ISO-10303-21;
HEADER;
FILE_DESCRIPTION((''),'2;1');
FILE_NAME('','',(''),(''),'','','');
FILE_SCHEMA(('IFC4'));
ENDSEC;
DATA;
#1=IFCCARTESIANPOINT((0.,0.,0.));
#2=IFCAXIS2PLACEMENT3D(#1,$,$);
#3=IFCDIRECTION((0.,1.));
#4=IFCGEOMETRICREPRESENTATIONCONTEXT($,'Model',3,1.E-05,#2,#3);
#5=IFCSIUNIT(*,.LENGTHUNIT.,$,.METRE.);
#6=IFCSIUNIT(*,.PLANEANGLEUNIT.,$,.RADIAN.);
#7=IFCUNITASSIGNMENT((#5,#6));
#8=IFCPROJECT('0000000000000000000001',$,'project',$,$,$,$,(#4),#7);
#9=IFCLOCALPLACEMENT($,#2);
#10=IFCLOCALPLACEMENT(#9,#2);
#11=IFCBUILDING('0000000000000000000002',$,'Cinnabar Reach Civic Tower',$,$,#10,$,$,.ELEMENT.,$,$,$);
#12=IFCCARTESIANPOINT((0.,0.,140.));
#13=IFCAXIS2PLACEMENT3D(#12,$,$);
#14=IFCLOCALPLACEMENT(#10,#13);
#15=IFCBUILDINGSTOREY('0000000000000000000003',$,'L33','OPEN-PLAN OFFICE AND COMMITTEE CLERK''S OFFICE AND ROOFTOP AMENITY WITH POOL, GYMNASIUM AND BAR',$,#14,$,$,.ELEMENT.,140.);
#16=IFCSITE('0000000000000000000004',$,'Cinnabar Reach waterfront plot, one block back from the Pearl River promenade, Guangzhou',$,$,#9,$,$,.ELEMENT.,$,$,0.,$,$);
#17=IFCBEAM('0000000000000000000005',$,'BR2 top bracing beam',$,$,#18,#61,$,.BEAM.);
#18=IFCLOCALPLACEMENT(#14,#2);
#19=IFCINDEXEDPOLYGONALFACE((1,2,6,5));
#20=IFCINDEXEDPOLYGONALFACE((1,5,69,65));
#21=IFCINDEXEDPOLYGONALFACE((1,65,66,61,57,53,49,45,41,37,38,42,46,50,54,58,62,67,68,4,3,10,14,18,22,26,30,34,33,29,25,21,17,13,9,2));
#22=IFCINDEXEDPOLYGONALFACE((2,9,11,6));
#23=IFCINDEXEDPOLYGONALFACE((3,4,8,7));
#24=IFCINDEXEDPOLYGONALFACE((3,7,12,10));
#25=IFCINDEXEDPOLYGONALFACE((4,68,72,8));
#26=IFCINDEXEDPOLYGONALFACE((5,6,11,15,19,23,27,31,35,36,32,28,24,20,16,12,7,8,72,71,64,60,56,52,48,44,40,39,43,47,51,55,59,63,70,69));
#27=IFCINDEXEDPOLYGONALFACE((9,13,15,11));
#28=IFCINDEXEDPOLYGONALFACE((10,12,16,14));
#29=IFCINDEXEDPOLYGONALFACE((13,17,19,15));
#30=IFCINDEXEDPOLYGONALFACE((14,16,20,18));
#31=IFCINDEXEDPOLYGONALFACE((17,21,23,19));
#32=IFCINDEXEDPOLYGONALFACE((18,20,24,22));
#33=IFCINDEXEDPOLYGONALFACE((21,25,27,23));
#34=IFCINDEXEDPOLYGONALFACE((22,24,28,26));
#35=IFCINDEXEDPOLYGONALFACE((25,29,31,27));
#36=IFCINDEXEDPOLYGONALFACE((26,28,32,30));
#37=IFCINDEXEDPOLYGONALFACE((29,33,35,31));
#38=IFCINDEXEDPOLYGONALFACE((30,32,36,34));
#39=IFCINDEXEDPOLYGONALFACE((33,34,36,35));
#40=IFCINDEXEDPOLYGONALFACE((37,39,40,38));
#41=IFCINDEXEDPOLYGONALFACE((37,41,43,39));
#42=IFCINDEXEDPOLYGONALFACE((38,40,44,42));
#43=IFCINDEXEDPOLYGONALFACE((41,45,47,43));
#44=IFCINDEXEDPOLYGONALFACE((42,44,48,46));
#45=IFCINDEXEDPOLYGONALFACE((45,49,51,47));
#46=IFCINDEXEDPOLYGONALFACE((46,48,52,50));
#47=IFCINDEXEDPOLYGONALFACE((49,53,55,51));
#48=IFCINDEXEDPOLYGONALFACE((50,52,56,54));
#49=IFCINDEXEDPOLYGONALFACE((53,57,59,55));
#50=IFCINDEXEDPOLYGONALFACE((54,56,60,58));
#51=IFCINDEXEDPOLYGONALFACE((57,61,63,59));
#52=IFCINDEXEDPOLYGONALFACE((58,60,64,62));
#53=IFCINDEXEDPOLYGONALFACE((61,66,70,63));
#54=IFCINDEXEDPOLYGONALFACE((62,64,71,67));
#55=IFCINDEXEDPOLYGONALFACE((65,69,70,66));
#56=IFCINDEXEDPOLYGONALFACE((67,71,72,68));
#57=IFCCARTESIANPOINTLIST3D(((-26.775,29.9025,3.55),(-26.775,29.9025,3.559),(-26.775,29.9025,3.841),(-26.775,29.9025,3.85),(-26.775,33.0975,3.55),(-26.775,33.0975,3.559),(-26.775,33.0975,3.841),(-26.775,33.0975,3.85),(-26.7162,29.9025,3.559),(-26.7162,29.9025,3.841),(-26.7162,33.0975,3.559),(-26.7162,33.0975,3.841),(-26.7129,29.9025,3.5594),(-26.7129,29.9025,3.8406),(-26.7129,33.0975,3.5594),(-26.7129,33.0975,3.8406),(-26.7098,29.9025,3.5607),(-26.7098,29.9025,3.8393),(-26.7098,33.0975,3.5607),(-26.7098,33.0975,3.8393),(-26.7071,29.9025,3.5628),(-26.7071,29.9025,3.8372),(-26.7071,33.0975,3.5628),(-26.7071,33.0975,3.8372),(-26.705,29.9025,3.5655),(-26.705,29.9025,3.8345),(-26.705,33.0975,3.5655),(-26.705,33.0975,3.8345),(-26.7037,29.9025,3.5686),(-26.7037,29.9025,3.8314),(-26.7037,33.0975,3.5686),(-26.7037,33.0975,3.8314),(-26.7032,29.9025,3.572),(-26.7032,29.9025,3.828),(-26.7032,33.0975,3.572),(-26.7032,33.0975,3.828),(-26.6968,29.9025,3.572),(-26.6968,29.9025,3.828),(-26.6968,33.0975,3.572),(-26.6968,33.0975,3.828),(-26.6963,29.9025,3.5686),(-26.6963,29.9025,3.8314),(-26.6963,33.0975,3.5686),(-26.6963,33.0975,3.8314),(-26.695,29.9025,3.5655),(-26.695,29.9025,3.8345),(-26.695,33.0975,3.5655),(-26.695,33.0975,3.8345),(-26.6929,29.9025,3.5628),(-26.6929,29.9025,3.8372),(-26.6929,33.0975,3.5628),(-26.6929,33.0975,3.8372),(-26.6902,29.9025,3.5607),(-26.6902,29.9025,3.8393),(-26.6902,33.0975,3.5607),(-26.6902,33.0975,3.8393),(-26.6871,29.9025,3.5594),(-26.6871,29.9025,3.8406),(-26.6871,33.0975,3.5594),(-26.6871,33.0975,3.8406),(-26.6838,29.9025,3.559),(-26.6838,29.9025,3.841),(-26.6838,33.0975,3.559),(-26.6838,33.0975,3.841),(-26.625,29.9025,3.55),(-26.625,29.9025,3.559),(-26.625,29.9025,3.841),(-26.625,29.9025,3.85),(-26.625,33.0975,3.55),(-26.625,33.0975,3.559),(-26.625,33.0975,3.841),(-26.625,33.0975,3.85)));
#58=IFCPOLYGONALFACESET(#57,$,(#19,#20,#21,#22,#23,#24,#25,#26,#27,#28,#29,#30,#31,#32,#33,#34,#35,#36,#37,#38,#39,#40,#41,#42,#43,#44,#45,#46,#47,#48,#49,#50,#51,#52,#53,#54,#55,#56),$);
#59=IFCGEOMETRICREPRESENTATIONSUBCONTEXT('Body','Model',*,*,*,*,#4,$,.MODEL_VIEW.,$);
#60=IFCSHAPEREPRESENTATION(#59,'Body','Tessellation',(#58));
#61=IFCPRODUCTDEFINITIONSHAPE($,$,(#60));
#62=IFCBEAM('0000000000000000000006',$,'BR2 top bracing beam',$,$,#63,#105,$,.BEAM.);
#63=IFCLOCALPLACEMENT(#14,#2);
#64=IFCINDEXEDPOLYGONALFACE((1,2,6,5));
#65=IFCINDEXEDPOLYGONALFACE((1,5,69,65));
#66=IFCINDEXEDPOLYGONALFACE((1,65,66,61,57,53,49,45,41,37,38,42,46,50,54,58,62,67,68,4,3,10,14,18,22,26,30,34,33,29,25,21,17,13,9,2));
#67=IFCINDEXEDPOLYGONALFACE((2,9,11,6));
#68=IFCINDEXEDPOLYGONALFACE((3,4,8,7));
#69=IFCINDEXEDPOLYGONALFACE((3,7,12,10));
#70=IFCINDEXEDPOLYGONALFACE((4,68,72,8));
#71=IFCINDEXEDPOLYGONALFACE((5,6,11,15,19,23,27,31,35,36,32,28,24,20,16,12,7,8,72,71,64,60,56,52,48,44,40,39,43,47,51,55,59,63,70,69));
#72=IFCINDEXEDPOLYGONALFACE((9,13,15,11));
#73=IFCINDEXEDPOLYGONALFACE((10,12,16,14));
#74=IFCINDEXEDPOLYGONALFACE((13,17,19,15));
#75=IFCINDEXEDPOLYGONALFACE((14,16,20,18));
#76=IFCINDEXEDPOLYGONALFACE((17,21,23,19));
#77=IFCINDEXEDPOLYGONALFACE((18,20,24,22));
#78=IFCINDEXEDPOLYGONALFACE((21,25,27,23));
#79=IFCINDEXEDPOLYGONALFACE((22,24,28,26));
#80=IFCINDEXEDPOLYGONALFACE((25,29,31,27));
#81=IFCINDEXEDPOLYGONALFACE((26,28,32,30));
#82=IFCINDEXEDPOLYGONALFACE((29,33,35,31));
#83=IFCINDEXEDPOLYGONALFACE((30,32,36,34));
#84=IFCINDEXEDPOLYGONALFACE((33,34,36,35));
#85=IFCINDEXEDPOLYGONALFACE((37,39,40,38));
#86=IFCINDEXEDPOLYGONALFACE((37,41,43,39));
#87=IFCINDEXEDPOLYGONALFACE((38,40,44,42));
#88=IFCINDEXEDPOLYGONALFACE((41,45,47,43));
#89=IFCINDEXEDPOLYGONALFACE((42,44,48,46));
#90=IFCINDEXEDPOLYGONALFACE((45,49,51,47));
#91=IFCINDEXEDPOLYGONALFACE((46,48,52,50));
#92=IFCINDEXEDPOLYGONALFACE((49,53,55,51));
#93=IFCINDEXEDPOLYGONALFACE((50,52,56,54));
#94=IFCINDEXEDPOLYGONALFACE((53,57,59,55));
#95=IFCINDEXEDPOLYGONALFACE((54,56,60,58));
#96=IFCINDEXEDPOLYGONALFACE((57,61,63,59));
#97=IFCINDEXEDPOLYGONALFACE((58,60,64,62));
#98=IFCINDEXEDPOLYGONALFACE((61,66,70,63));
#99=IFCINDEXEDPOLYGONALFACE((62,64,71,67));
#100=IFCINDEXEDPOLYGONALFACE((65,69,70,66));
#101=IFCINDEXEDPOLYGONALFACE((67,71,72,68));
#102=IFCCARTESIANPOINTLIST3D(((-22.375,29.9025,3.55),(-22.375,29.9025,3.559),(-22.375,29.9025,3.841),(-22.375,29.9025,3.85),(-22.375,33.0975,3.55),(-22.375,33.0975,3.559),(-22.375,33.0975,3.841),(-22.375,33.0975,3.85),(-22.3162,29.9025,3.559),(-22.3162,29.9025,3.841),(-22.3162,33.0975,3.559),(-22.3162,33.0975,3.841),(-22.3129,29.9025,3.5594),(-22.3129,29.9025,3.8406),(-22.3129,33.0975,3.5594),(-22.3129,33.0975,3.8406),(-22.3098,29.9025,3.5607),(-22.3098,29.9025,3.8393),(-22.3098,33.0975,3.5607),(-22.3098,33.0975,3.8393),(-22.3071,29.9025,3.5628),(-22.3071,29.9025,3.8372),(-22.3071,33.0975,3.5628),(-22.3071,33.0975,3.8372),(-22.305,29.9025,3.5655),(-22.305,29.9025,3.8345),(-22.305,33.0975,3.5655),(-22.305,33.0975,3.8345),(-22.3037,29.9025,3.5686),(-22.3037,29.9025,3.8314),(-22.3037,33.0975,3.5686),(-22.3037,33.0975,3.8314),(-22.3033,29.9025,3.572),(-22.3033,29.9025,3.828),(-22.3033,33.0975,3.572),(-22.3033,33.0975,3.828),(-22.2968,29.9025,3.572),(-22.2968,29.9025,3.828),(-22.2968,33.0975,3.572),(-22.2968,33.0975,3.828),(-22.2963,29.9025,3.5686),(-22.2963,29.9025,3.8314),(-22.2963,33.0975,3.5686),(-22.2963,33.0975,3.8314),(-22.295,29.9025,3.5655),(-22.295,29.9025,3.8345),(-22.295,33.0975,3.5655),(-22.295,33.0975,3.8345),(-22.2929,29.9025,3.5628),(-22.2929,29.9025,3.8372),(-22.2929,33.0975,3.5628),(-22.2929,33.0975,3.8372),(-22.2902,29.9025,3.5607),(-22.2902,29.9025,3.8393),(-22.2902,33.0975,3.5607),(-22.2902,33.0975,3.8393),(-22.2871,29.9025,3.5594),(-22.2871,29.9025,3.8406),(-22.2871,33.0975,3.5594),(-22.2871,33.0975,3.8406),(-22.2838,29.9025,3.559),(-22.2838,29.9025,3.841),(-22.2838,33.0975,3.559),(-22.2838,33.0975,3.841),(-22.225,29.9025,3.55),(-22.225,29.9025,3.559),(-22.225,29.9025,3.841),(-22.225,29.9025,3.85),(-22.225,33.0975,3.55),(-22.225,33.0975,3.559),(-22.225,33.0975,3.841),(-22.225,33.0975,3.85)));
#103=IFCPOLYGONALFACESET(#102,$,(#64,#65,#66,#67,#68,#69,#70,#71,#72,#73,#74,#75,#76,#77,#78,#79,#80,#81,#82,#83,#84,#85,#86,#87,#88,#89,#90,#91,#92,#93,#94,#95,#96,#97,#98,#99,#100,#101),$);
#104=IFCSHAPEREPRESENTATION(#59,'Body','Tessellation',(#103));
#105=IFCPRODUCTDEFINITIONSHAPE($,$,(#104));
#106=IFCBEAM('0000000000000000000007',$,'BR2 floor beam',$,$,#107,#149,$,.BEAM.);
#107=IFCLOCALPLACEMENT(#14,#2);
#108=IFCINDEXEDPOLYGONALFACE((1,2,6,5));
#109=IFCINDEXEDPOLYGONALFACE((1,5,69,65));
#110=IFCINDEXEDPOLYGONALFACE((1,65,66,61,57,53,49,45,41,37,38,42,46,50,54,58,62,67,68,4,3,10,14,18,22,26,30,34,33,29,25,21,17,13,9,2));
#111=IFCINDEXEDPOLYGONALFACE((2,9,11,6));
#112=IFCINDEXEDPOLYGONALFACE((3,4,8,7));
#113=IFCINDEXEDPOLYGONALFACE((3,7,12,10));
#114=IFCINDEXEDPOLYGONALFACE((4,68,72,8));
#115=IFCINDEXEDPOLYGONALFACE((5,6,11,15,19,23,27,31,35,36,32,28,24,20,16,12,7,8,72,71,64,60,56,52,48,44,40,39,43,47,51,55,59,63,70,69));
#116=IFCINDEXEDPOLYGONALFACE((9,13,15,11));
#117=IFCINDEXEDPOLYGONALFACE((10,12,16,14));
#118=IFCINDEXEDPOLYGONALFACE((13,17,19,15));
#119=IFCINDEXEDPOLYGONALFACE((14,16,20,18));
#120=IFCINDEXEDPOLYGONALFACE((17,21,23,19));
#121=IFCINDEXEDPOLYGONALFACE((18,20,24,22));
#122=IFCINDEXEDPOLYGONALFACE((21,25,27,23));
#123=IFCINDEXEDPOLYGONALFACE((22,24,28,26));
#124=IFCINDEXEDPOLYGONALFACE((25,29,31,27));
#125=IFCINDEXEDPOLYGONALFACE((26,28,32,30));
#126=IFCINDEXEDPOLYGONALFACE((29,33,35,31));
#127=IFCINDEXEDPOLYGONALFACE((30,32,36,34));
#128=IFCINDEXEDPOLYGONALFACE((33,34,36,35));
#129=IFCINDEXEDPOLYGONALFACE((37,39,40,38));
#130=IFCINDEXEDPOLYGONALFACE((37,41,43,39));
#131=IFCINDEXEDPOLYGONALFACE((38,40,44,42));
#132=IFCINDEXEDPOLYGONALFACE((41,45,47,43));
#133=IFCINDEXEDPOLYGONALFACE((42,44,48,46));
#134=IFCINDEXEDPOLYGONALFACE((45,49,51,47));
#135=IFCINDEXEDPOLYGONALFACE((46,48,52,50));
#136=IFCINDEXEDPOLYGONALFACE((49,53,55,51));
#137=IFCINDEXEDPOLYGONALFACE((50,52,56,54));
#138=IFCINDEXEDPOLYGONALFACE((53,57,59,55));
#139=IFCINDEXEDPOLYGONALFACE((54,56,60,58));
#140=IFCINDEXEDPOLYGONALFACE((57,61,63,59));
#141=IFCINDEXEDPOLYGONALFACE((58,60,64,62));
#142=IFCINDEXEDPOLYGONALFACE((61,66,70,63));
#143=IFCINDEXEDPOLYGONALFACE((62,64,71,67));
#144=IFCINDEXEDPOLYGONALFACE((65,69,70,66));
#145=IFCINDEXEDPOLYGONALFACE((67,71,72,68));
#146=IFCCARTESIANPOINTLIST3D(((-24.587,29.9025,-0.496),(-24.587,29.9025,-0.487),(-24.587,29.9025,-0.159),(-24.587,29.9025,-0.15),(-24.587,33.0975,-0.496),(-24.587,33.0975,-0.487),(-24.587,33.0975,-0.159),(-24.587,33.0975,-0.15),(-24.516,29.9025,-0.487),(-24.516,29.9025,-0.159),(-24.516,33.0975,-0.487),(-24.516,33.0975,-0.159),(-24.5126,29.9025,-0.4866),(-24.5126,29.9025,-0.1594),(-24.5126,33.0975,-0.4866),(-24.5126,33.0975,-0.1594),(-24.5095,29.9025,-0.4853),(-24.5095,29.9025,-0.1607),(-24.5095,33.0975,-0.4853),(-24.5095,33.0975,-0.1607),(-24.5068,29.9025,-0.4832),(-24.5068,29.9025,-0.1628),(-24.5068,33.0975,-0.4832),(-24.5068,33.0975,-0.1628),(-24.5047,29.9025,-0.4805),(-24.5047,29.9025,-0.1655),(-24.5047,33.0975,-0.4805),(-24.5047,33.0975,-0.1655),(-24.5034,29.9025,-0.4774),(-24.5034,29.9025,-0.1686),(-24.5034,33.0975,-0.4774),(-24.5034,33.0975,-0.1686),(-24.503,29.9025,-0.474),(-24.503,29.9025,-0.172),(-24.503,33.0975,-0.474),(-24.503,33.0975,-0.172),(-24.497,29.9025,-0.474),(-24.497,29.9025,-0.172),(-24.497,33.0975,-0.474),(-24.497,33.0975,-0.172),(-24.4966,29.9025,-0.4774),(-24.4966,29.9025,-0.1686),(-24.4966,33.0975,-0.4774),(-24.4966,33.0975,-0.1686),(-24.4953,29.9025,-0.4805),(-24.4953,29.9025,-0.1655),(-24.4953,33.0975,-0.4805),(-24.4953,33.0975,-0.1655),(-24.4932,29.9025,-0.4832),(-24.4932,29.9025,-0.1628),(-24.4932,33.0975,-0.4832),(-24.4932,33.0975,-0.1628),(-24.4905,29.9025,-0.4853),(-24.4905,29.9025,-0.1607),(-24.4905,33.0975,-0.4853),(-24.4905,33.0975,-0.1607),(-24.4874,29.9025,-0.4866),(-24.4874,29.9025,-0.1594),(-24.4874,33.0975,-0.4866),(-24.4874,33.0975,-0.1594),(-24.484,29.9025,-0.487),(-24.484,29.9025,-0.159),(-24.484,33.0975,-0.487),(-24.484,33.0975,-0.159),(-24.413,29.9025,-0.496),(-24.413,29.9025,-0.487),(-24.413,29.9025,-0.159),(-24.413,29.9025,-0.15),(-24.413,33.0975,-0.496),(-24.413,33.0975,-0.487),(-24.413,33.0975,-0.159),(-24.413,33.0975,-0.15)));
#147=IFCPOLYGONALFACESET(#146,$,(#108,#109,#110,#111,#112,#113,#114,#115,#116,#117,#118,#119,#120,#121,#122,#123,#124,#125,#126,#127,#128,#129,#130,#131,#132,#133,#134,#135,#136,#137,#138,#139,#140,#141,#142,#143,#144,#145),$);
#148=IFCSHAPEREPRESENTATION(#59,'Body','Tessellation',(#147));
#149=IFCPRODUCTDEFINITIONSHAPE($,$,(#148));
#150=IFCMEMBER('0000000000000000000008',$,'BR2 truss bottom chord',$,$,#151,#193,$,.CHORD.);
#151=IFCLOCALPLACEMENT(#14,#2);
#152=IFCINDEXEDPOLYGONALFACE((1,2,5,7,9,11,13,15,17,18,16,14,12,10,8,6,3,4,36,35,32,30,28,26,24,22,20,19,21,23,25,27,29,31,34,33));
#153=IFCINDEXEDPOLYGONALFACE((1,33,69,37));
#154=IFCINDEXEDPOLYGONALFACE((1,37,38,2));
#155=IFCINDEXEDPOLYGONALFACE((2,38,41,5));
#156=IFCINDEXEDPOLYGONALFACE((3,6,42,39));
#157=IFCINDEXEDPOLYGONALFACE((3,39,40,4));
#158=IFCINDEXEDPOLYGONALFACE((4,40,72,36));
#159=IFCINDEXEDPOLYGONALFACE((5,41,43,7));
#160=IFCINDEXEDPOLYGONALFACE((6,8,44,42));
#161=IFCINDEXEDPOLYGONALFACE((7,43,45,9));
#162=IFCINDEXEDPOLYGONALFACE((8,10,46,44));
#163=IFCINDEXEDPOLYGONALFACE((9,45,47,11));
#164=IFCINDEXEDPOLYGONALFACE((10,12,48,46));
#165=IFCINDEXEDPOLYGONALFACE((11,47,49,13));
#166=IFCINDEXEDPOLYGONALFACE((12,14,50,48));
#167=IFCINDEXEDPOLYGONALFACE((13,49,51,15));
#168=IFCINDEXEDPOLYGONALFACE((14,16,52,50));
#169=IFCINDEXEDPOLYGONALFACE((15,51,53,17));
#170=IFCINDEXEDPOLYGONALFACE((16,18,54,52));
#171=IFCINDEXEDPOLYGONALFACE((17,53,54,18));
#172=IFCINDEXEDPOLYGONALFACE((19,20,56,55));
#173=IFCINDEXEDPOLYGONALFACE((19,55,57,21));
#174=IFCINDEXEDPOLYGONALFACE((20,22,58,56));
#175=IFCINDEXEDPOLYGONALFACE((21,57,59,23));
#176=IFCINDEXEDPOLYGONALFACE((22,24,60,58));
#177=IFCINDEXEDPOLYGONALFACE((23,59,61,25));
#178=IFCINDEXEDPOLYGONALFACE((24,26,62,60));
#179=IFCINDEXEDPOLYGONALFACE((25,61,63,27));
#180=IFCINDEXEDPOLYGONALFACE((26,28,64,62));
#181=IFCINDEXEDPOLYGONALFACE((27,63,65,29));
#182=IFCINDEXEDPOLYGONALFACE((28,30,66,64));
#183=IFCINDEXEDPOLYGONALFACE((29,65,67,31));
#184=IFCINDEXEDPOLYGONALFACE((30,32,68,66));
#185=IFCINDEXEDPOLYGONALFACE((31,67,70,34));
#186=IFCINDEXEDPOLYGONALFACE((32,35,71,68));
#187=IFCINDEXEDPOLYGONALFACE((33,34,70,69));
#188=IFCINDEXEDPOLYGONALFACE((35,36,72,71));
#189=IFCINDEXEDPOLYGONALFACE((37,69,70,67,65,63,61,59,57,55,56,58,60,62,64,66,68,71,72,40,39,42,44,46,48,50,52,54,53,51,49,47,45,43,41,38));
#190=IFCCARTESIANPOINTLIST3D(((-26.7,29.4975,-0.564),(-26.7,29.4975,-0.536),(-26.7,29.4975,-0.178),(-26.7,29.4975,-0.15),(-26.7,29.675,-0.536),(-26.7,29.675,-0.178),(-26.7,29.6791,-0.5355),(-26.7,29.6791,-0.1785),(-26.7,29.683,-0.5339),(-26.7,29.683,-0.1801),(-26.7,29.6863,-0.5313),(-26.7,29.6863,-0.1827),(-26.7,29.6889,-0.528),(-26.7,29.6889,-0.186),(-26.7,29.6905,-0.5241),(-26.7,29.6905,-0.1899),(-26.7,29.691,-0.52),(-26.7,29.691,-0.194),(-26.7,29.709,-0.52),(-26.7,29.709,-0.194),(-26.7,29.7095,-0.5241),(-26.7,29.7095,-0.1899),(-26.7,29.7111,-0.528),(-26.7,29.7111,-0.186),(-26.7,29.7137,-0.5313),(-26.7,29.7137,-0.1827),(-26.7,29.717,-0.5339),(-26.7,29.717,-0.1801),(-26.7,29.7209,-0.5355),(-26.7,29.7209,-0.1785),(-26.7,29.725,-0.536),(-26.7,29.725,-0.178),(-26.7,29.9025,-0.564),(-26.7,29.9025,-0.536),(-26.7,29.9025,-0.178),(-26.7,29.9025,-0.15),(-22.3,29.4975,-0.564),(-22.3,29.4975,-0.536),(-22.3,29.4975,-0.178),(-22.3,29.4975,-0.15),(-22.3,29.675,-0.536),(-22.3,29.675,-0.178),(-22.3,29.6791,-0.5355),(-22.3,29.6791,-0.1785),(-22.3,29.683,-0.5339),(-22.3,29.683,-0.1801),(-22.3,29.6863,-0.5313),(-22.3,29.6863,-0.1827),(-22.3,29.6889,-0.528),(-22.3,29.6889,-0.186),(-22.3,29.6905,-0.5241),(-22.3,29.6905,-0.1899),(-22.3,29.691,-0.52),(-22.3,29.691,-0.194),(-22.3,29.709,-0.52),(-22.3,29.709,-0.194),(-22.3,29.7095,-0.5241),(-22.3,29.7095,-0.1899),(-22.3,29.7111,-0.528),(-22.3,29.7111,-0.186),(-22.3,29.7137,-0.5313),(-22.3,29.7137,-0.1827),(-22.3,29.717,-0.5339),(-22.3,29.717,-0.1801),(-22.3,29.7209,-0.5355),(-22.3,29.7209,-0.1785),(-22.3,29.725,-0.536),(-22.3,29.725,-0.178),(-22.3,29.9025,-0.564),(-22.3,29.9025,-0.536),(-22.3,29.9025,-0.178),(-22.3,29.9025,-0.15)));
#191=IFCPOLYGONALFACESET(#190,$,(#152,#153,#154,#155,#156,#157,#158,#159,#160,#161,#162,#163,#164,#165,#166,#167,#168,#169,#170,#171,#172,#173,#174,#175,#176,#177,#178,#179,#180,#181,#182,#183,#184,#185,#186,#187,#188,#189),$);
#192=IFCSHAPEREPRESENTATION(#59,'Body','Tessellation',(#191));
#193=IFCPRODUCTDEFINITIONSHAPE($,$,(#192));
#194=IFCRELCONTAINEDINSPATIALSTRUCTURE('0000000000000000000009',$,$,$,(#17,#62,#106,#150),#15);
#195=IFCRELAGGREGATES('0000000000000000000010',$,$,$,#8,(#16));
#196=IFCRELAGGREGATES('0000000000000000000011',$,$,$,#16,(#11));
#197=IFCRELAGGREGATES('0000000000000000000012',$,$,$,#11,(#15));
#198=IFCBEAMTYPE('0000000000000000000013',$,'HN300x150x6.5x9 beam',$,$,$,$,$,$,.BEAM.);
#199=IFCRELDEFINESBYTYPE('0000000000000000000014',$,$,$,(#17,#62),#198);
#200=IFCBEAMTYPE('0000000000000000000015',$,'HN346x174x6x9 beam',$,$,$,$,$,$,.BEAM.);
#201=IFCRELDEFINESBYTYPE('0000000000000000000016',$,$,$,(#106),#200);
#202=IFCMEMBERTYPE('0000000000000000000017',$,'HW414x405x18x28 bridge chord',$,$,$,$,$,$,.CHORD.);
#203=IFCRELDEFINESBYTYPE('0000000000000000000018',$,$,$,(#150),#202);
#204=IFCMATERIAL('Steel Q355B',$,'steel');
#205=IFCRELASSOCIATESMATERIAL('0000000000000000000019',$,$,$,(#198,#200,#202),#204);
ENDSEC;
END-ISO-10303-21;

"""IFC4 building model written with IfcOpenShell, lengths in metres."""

from ifc_helpers import new_model, si_unit, direction, frame, origin, origin_2d, place, context, subcontext, project, spatial, i_section, extrude, material, material_profile, profile_set, type_object, element, save


model = new_model("IFC4")

# Units and contexts
model_context = context("Model", 3, precision=1e-05, world=origin(), true_north=direction((0.0, 1.0)))
body_context = subcontext(model_context, "Body", "Model", "MODEL_VIEW")
ifc_project = project(units=[si_unit("LENGTHUNIT", "METRE"), si_unit("PLANEANGLEUNIT", "RADIAN")], contexts=[model_context])

# Site, building, storey
site_placement = place(None, origin())
site = spatial("IfcSite", under=ifc_project, at=site_placement, Name="Cinnabar Reach waterfront plot, one block back from the Pearl River promenade, Guangzhou", CompositionType="ELEMENT", RefElevation=0.0)
building_placement = place(site_placement, origin())
building = spatial("IfcBuilding", under=site, at=building_placement, Name="Cinnabar Reach Civic Tower", CompositionType="ELEMENT")
storey_placement = place(building_placement, frame((0.0, 0.0, 140.0)))
storey = spatial("IfcBuildingStorey", under=building, at=storey_placement, Name="L33", Description="OPEN-PLAN OFFICE AND COMMITTEE CLERK'S OFFICE AND ROOFTOP AMENITY WITH POOL, GYMNASIUM AND BAR", CompositionType="ELEMENT", Elevation=140.0)

# Shared definitions
ifc_material_1 = material(Name="Steel Q355B", Category="steel")

# Beams
ifc_material_profile_1 = material_profile(ifc_material_1, i_section(OverallWidth=0.15, OverallDepth=0.3, WebThickness=0.0065, FlangeThickness=0.009, FilletRadius=0.013, at=origin_2d()), Name="HN300x150x6.5x9")
ifc_profile_set_1 = profile_set([ifc_material_profile_1], Name="Steel Q355B")
beam_type_1 = type_object("IfcBeamType", Name="HN300x150x6.5x9 beam", PredefinedType="BEAM", material=ifc_profile_set_1)
for number, where, z_axis, x_axis, name in (
    (1, (-26.7, 29.9025, 3.7), (0.0, 1.0, 0.0), (-1.0, 0.0, 0.0), "BR2 top bracing beam"),
    (2, (-22.3, 29.9025, 3.7), (0.0, 1.0, 0.0), (-1.0, 0.0, 0.0), "BR2 top bracing beam"),
):
    element("IfcBeam", number, at=place(storey_placement, frame(where, z_axis=z_axis, x_axis=x_axis)), inside=storey, type_object=beam_type_1, Name=name, PredefinedType="BEAM", context=body_context, shape_type="SweptSolid", body=[
        extrude(i_section(OverallWidth=0.15, OverallDepth=0.3, WebThickness=0.0065, FlangeThickness=0.009, FilletRadius=0.013, at=origin_2d()), origin(), (0.0, 0.0, 1.0), 3.195),
    ])
ifc_material_profile_2 = material_profile(ifc_material_1, i_section(OverallWidth=0.174, OverallDepth=0.346, WebThickness=0.006, FlangeThickness=0.009, FilletRadius=0.013, at=origin_2d()), Name="HN346x174x6x9")
ifc_profile_set_2 = profile_set([ifc_material_profile_2], Name="Steel Q355B")
beam_type_2 = type_object("IfcBeamType", Name="HN346x174x6x9 beam", PredefinedType="BEAM", material=ifc_profile_set_2)
beam_placement = place(storey_placement, frame((-24.5, 29.9025, -0.323), z_axis=(0.0, 1.0, 0.0), x_axis=(-1.0, 0.0, 0.0)))
element("IfcBeam", 3, at=beam_placement, inside=storey, type_object=beam_type_2, Name="BR2 floor beam", PredefinedType="BEAM", context=body_context, shape_type="SweptSolid", body=[
    extrude(i_section(OverallWidth=0.174, OverallDepth=0.346, WebThickness=0.006, FlangeThickness=0.009, FilletRadius=0.013, at=origin_2d()), origin(), (0.0, 0.0, 1.0), 3.195),
])

# Member
ifc_material_profile_3 = material_profile(ifc_material_1, i_section(OverallWidth=0.405, OverallDepth=0.414, WebThickness=0.018, FlangeThickness=0.028, FilletRadius=0.016, at=origin_2d()), Name="HW414x405x18x28")
ifc_profile_set_3 = profile_set([ifc_material_profile_3], Name="Steel Q355B")
member_type_1 = type_object("IfcMemberType", Name="HW414x405x18x28 bridge chord", PredefinedType="CHORD", material=ifc_profile_set_3)
for number, where, z_axis, x_axis, name in (
    (4, (-26.7, 29.7, -0.357), (1.0, 0.0, 0.0), (0.0, 1.0, 0.0), "BR2 truss bottom chord"),
):
    element("IfcMember", number, at=place(storey_placement, frame(where, z_axis=z_axis, x_axis=x_axis)), inside=storey, type_object=member_type_1, Name=name, PredefinedType="CHORD", context=body_context, shape_type="SweptSolid", body=[
        extrude(i_section(OverallWidth=0.405, OverallDepth=0.414, WebThickness=0.018, FlangeThickness=0.028, FilletRadius=0.016, at=origin_2d()), origin(), (0.0, 0.0, 1.0), 4.4),
    ])

save(model, "model.ifc")
